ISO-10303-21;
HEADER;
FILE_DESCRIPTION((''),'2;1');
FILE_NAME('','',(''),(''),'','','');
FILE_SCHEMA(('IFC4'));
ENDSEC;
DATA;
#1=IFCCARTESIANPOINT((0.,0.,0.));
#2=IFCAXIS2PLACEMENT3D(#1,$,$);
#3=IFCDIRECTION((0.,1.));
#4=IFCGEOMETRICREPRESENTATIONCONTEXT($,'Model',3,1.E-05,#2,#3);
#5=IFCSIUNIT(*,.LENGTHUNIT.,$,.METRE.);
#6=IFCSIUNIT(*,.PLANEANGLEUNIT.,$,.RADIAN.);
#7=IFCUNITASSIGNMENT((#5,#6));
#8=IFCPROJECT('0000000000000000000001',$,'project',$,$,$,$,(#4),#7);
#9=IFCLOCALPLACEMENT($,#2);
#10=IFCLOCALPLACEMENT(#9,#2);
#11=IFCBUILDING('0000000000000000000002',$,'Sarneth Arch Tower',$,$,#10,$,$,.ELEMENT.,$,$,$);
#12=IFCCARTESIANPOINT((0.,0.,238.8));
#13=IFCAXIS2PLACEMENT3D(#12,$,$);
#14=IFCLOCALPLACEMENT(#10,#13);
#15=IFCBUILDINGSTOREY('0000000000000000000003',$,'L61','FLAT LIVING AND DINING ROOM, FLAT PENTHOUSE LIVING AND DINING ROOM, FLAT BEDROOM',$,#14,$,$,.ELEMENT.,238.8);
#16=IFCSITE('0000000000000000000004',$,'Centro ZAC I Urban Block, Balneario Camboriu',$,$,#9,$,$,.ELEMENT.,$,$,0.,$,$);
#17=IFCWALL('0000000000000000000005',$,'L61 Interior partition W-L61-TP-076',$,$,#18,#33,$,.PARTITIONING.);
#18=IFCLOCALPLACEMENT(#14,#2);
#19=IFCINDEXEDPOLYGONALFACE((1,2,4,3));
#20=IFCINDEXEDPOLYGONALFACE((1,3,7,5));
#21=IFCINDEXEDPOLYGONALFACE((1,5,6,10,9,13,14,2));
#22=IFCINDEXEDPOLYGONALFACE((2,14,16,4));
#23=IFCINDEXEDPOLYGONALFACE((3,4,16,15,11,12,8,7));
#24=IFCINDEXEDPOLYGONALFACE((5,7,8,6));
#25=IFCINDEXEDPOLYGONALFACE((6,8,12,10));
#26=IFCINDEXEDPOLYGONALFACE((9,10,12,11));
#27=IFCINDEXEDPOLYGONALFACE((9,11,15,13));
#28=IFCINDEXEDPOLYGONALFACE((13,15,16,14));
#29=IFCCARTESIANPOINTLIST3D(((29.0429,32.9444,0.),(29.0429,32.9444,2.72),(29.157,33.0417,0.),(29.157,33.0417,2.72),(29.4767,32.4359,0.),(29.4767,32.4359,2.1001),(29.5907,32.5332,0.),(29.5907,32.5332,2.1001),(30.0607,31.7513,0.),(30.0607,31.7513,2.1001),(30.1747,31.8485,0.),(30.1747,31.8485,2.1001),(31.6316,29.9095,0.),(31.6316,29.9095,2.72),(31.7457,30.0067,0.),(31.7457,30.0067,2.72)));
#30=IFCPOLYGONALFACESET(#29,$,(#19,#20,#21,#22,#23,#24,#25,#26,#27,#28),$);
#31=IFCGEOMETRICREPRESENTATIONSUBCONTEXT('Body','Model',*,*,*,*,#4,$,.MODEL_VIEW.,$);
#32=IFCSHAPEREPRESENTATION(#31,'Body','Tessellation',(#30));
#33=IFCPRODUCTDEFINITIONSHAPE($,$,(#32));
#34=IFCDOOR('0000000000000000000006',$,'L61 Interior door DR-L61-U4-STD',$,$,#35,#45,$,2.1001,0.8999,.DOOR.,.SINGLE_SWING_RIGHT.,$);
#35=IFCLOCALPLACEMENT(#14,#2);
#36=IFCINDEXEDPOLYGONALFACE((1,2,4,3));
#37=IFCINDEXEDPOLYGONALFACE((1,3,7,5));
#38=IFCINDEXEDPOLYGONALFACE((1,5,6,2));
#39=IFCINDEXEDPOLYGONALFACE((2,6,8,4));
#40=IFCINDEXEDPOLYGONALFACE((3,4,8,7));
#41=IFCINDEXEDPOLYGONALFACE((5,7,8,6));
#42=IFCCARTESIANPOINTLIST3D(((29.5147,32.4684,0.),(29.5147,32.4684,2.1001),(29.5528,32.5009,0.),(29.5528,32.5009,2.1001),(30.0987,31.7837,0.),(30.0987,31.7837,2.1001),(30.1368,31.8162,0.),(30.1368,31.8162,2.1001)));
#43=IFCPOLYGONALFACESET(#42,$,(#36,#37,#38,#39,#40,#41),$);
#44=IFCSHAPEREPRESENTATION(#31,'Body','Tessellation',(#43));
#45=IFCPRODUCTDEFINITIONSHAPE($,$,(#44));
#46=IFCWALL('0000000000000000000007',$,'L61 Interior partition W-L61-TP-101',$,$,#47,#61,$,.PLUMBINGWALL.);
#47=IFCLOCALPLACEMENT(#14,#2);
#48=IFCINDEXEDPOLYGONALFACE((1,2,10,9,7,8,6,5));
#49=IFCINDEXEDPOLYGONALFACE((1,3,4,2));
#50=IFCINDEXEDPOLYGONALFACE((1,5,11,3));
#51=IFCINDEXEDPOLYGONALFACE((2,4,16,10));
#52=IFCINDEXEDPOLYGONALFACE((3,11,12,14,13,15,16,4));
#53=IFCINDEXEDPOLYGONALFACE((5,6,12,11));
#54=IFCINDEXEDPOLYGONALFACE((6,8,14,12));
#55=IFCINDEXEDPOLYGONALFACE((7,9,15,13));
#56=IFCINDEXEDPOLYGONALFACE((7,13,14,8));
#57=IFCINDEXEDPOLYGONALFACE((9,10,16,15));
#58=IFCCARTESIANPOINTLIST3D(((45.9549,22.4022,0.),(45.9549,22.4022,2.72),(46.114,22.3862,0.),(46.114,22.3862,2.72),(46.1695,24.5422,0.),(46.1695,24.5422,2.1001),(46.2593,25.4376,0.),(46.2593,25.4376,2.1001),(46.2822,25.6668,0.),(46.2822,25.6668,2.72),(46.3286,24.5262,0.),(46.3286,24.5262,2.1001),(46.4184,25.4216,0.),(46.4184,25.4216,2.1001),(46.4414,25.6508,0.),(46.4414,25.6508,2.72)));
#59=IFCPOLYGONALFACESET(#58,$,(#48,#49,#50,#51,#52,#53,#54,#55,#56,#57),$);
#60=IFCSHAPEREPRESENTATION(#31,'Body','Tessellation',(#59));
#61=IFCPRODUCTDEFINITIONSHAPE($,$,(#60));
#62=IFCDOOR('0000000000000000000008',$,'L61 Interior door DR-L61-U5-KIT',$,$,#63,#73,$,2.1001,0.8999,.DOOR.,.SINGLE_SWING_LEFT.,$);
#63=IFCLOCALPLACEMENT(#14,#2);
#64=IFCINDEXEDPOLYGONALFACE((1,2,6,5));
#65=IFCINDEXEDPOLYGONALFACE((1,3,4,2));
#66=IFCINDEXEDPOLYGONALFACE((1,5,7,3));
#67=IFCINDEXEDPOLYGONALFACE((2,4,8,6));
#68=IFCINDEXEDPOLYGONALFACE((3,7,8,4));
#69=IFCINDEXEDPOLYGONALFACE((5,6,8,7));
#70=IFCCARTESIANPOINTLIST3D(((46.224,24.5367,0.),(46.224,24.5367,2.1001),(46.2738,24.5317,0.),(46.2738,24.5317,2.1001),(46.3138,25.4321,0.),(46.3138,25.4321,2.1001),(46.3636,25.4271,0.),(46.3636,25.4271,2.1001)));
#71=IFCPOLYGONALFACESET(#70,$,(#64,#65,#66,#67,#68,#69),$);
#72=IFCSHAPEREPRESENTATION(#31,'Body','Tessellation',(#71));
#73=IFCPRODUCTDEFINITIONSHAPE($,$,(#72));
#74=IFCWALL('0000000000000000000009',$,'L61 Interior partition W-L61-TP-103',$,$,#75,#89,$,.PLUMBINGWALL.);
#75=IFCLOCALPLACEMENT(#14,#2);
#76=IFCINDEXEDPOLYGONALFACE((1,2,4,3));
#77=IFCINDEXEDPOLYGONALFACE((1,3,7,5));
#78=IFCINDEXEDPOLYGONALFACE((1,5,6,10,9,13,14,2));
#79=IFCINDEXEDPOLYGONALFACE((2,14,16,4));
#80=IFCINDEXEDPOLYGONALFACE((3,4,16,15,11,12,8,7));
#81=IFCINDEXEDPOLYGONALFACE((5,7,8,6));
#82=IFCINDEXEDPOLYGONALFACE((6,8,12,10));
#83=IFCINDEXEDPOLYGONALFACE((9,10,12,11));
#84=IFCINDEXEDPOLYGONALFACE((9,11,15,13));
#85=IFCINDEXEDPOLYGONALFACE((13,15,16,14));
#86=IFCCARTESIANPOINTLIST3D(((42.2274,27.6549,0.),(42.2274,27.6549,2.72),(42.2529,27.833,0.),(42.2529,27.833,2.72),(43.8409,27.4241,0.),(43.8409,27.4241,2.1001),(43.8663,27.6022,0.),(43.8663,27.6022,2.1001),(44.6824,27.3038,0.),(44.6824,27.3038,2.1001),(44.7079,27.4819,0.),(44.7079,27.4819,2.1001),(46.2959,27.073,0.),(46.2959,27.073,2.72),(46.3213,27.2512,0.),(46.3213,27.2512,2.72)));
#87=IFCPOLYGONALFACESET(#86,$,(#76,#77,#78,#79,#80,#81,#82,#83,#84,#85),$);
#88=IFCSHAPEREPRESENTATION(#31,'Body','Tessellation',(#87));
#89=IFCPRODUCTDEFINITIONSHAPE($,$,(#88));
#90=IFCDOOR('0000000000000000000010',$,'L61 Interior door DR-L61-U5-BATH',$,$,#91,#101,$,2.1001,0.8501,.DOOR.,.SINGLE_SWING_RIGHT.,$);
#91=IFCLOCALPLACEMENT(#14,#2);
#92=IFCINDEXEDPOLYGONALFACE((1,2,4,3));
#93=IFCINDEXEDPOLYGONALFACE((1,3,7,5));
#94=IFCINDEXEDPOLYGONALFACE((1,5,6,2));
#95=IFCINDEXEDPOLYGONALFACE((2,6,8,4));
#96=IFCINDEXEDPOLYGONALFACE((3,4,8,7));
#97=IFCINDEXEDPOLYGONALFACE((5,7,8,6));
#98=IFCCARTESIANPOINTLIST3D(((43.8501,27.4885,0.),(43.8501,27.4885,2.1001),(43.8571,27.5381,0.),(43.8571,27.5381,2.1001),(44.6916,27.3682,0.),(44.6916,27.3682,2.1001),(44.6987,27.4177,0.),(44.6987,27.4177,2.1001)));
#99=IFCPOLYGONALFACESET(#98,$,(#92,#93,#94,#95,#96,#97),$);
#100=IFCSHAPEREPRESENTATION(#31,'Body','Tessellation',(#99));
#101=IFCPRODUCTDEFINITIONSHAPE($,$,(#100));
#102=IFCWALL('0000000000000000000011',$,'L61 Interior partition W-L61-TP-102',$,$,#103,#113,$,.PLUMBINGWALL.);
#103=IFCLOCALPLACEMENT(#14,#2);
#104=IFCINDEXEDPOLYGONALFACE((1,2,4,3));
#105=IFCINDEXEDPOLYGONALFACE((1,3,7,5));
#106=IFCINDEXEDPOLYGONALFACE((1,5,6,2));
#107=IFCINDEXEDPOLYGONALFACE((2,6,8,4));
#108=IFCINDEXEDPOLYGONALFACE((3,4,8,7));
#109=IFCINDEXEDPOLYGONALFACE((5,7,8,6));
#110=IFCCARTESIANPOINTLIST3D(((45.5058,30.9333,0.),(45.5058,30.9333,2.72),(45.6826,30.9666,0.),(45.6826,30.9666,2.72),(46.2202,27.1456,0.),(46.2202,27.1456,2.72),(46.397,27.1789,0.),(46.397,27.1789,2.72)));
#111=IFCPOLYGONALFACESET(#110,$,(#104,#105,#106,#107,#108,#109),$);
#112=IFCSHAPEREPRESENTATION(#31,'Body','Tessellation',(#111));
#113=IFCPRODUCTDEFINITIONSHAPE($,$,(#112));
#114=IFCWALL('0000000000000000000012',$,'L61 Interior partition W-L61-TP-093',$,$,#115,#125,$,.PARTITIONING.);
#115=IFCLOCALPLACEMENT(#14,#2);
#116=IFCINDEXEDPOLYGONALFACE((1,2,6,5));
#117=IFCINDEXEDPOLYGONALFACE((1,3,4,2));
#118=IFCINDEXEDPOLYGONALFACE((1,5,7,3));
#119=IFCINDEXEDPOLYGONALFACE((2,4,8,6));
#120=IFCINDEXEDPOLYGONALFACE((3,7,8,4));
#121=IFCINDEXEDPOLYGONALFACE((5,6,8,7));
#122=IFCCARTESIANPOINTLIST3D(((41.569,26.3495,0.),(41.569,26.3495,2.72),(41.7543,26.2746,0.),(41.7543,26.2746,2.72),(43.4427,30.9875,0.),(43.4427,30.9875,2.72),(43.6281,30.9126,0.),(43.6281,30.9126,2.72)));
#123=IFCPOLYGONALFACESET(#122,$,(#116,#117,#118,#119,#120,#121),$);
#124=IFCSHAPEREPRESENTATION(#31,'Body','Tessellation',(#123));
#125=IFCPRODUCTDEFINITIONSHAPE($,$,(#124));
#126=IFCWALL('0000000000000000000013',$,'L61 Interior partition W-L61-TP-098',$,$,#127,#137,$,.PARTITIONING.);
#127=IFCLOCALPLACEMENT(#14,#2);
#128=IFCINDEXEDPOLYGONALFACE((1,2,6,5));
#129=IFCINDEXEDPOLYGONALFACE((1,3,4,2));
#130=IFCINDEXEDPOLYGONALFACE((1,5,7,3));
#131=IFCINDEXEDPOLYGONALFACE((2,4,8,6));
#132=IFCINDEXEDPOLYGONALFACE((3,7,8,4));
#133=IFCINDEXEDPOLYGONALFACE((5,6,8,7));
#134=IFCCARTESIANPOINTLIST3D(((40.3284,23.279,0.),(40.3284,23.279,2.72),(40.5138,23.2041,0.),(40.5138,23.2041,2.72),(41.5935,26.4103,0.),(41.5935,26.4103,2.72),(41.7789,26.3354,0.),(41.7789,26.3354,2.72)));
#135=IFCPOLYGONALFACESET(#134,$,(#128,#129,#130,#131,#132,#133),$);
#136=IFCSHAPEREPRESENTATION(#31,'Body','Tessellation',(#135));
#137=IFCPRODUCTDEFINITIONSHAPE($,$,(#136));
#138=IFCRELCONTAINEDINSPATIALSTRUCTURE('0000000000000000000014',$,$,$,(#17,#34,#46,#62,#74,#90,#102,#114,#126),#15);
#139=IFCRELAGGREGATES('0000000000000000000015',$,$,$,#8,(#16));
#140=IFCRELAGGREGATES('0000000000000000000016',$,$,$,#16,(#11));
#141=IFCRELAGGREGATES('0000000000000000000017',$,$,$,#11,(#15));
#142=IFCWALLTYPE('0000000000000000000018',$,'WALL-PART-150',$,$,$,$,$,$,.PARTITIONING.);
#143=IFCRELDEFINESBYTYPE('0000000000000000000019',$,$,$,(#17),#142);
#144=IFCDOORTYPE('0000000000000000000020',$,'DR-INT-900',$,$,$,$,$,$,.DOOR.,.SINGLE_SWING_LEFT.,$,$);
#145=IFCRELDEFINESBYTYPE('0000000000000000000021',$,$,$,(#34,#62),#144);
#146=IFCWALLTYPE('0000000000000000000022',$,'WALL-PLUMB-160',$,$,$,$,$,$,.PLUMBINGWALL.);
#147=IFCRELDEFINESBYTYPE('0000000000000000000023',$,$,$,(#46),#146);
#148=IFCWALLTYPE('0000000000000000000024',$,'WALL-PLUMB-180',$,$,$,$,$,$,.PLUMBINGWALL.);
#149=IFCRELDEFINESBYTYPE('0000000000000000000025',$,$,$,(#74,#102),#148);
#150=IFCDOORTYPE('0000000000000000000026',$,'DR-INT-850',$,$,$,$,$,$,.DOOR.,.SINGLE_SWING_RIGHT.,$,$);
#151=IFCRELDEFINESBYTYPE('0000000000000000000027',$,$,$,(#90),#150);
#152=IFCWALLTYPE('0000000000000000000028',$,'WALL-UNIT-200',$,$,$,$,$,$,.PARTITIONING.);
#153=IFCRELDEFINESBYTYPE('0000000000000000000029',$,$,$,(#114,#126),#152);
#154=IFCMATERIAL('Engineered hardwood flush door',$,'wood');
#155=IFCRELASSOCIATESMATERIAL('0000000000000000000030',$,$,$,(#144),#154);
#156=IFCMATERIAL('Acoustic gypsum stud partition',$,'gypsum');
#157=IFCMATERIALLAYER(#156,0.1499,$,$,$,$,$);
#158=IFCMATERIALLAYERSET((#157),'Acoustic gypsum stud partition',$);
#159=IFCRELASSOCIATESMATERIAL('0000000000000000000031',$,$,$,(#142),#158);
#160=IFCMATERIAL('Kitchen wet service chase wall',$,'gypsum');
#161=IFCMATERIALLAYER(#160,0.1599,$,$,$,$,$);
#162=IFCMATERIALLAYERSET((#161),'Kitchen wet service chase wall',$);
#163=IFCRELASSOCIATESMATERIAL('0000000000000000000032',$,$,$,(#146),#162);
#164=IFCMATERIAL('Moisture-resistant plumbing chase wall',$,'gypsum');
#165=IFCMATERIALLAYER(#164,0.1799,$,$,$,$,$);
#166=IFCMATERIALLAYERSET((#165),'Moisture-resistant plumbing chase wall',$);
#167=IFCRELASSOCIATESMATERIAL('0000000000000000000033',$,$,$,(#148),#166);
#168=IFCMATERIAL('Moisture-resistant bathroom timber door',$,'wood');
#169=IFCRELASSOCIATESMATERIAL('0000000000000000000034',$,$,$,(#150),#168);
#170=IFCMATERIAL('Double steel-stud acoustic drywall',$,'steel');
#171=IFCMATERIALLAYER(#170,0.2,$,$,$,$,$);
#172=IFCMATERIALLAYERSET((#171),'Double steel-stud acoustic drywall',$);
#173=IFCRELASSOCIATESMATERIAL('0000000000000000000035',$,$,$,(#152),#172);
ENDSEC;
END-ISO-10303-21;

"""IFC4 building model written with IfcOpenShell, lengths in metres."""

from ifc_helpers import new_model, si_unit, direction, frame, frame_2d, origin, place, context, subcontext, project, spatial, rectangle, extrude, material, layer, layer_set, type_object, element, fill, save


model = new_model("IFC4")

# Units and contexts
model_context = context("Model", 3, precision=1e-05, world=origin(), true_north=direction((0.0, 1.0)))
body_context = subcontext(model_context, "Body", "Model", "MODEL_VIEW")
ifc_project = project(units=[si_unit("LENGTHUNIT", "METRE"), si_unit("PLANEANGLEUNIT", "RADIAN")], contexts=[model_context])

# Site, building, storey
site_placement = place(None, origin())
site = spatial("IfcSite", under=ifc_project, at=site_placement, Name="Centro ZAC I Urban Block, Balneario Camboriu", CompositionType="ELEMENT", RefElevation=0.0)
building_placement = place(site_placement, origin())
building = spatial("IfcBuilding", under=site, at=building_placement, Name="Sarneth Arch Tower", CompositionType="ELEMENT")
storey_placement = place(building_placement, frame((0.0, 0.0, 238.8)))
storey = spatial("IfcBuildingStorey", under=building, at=storey_placement, Name="L61", Description="FLAT LIVING AND DINING ROOM, FLAT PENTHOUSE LIVING AND DINING ROOM, FLAT BEDROOM", CompositionType="ELEMENT", Elevation=238.8)

# Shared definitions
ifc_material_1 = material(Name="Engineered hardwood flush door", Category="wood")
door_type_1 = type_object("IfcDoorType", Name="DR-INT-900", OperationType="SINGLE_SWING_LEFT", PredefinedType="DOOR", material=ifc_material_1)

# Shared definitions
ifc_material_2 = material(Name="Acoustic gypsum stud partition", Category="gypsum")
ifc_layer_1 = layer(ifc_material_2, 0.1499)
ifc_layer_set_1 = layer_set([ifc_layer_1], Name="Acoustic gypsum stud partition")
wall_type_1 = type_object("IfcWallType", Name="WALL-PART-150", PredefinedType="PARTITIONING", material=ifc_layer_set_1)

# Walls, openings, doors
wall_1_placement = place(storey_placement, frame((31.6887, 29.958, 0.0), z_axis=(0.0, 0.0, 1.0), x_axis=(-0.64895, 0.760831, 0.0)))
wall_1 = element("IfcWall", 1, at=wall_1_placement, inside=storey, type_object=wall_type_1, Name="L61 Interior partition W-L61-TP-076", PredefinedType="PARTITIONING", context=body_context, shape_type="SweptSolid", body=[
    extrude(rectangle(XDim=3.989, YDim=0.1499, at=frame_2d((1.9946, 0.0))), origin(), (0.0, 0.0, 1.0), 2.72),
])
opening_1_placement = place(wall_1_placement, frame((2.4209, 0.0, 0.0)))
opening_1 = element("IfcOpeningElement", 2, at=opening_1_placement, cuts=wall_1, PredefinedType="OPENING", context=body_context, shape_type="SweptSolid", body=[
    extrude(rectangle(XDim=0.8999, YDim=2.1001, at=frame_2d((0.45, 1.05))), frame((0.0, 0.085, 0.0), z_axis=(0.0, -1.0, 0.0), x_axis=(1.0, 0.0, 0.0)), (0.0, 0.0, 1.0), 0.1699),
])
door_1_placement = place(opening_1_placement, origin())
door_1 = element("IfcDoor", 3, at=door_1_placement, inside=storey, type_object=door_type_1, Name="L61 Interior door DR-L61-U4-STD", OperationType="SINGLE_SWING_RIGHT", OverallHeight=2.1001, OverallWidth=0.8999, PredefinedType="DOOR", context=body_context, shape_type="SweptSolid", body=[
    extrude(rectangle(XDim=0.8999, YDim=2.1001, at=frame_2d((0.45, 1.05))), frame((0.0, 0.0249, 0.0), z_axis=(0.0, -1.0, 0.0), x_axis=(1.0, 0.0, 0.0)), (0.0, 0.0, 1.0), 0.05),
])
fill(opening_1, door_1)
ifc_material_3 = material(Name="Kitchen wet service chase wall", Category="gypsum")
ifc_layer_2 = layer(ifc_material_3, 0.1599)
ifc_layer_set_2 = layer_set([ifc_layer_2], Name="Kitchen wet service chase wall")
wall_type_2 = type_object("IfcWallType", Name="WALL-PLUMB-160", PredefinedType="PLUMBINGWALL", material=ifc_layer_set_2)
wall_2_placement = place(storey_placement, frame((46.3618, 25.6589, 0.0), z_axis=(0.0, 0.0, 1.0), x_axis=(-0.099784, -0.995009, 0.0)))
wall_2 = element("IfcWall", 4, at=wall_2_placement, inside=storey, type_object=wall_type_2, Name="L61 Interior partition W-L61-TP-101", PredefinedType="PLUMBINGWALL", context=body_context, shape_type="SweptSolid", body=[
    extrude(rectangle(XDim=3.281, YDim=0.1599, at=frame_2d((1.6406, 0.0))), origin(), (0.0, 0.0, 1.0), 2.72),
])
opening_2_placement = place(wall_2_placement, frame((0.2305, 0.0, 0.0)))
opening_2 = element("IfcOpeningElement", 5, at=opening_2_placement, cuts=wall_2, PredefinedType="OPENING", context=body_context, shape_type="SweptSolid", body=[
    extrude(rectangle(XDim=0.8999, YDim=2.1001, at=frame_2d((0.45, 1.05))), frame((0.0, 0.0898, 0.0), z_axis=(0.0, -1.0, 0.0), x_axis=(1.0, 0.0, 0.0)), (0.0, 0.0, 1.0), 0.1799),
])
door_2_placement = place(opening_2_placement, origin())
door_2 = element("IfcDoor", 6, at=door_2_placement, inside=storey, type_object=door_type_1, Name="L61 Interior door DR-L61-U5-KIT", OperationType="SINGLE_SWING_LEFT", OverallHeight=2.1001, OverallWidth=0.8999, PredefinedType="DOOR", context=body_context, shape_type="SweptSolid", body=[
    extrude(rectangle(XDim=0.8999, YDim=2.1001, at=frame_2d((0.45, 1.05))), frame((0.0, 0.0249, 0.0), z_axis=(0.0, -1.0, 0.0), x_axis=(1.0, 0.0, 0.0)), (0.0, 0.0, 1.0), 0.05),
])
fill(opening_2, door_2)
ifc_material_4 = material(Name="Moisture-resistant plumbing chase wall", Category="gypsum")
ifc_layer_3 = layer(ifc_material_4, 0.1799)
ifc_layer_set_3 = layer_set([ifc_layer_3], Name="Moisture-resistant plumbing chase wall")
wall_type_3 = type_object("IfcWallType", Name="WALL-PLUMB-180", PredefinedType="PLUMBINGWALL", material=ifc_layer_set_3)
wall_3_placement = place(storey_placement, frame((46.3086, 27.1621, 0.0), z_axis=(0.0, 0.0, 1.0), x_axis=(-0.989929, 0.141563, 0.0)))
wall_3 = element("IfcWall", 7, at=wall_3_placement, inside=storey, type_object=wall_type_3, Name="L61 Interior partition W-L61-TP-103", PredefinedType="PLUMBINGWALL", context=body_context, shape_type="SweptSolid", body=[
    extrude(rectangle(XDim=4.1099, YDim=0.1799, at=frame_2d((2.0549, 0.0))), origin(), (0.0, 0.0, 1.0), 2.72),
])
opening_3_placement = place(wall_3_placement, frame((1.6299, 0.0, 0.0)))
opening_3 = element("IfcOpeningElement", 8, at=opening_3_placement, cuts=wall_3, PredefinedType="OPENING", context=body_context, shape_type="SweptSolid", body=[
    extrude(rectangle(XDim=0.8501, YDim=2.1001, at=frame_2d((0.425, 1.05))), frame((0.0, 0.0999, 0.0), z_axis=(0.0, -1.0, 0.0), x_axis=(1.0, 0.0, 0.0)), (0.0, 0.0, 1.0), 0.2),
])
ifc_material_5 = material(Name="Moisture-resistant bathroom timber door", Category="wood")
door_type_2 = type_object("IfcDoorType", Name="DR-INT-850", OperationType="SINGLE_SWING_RIGHT", PredefinedType="DOOR", material=ifc_material_5)
door_3_placement = place(opening_3_placement, origin())
door_3 = element("IfcDoor", 9, at=door_3_placement, inside=storey, type_object=door_type_2, Name="L61 Interior door DR-L61-U5-BATH", OperationType="SINGLE_SWING_RIGHT", OverallHeight=2.1001, OverallWidth=0.8501, PredefinedType="DOOR", context=body_context, shape_type="SweptSolid", body=[
    extrude(rectangle(XDim=0.8501, YDim=2.1001, at=frame_2d((0.425, 1.05))), frame((0.0, 0.0249, 0.0), z_axis=(0.0, -1.0, 0.0), x_axis=(1.0, 0.0, 0.0)), (0.0, 0.0, 1.0), 0.05),
])
fill(opening_3, door_3)

# Walls
wall_4_placement = place(storey_placement, frame((45.5942, 30.95, 0.0), z_axis=(0.0, 0.0, 1.0), x_axis=(0.185325, -0.982677, 0.0)))
element("IfcWall", 10, at=wall_4_placement, inside=storey, type_object=wall_type_3, Name="L61 Interior partition W-L61-TP-102", PredefinedType="PLUMBINGWALL", context=body_context, shape_type="SweptSolid", body=[
    extrude(rectangle(XDim=3.8545, YDim=0.1799, at=frame_2d((1.9272, 0.0))), origin(), (0.0, 0.0, 1.0), 2.72),
])
ifc_material_6 = material(Name="Double steel-stud acoustic drywall", Category="steel")
ifc_layer_4 = layer(ifc_material_6, 0.2)
ifc_layer_set_4 = layer_set([ifc_layer_4], Name="Double steel-stud acoustic drywall")
wall_type_4 = type_object("IfcWallType", Name="WALL-UNIT-200", PredefinedType="PARTITIONING", material=ifc_layer_set_4)
wall_5_placement = place(storey_placement, frame((43.5354, 30.95, 0.0), z_axis=(0.0, 0.0, 1.0), x_axis=(-0.374595, -0.927189, 0.0)))
element("IfcWall", 11, at=wall_5_placement, inside=storey, type_object=wall_type_4, Name="L61 Interior partition W-L61-TP-093", PredefinedType="PARTITIONING", context=body_context, shape_type="SweptSolid", body=[
    extrude(rectangle(XDim=5.0022, YDim=0.2, at=frame_2d((2.501, 0.0))), origin(), (0.0, 0.0, 1.0), 2.72),
])
wall_6_placement = place(storey_placement, frame((40.4211, 23.2417, 0.0), z_axis=(0.0, 0.0, 1.0), x_axis=(0.374604, 0.927185, 0.0)))
element("IfcWall", 12, at=wall_6_placement, inside=storey, type_object=wall_type_4, Name="L61 Interior partition W-L61-TP-098", PredefinedType="PARTITIONING", context=body_context, shape_type="SweptSolid", body=[
    extrude(rectangle(XDim=3.3772, YDim=0.2, at=frame_2d((1.6885, 0.0))), origin(), (0.0, 0.0, 1.0), 2.72),
])

save(model, "model.ifc")
